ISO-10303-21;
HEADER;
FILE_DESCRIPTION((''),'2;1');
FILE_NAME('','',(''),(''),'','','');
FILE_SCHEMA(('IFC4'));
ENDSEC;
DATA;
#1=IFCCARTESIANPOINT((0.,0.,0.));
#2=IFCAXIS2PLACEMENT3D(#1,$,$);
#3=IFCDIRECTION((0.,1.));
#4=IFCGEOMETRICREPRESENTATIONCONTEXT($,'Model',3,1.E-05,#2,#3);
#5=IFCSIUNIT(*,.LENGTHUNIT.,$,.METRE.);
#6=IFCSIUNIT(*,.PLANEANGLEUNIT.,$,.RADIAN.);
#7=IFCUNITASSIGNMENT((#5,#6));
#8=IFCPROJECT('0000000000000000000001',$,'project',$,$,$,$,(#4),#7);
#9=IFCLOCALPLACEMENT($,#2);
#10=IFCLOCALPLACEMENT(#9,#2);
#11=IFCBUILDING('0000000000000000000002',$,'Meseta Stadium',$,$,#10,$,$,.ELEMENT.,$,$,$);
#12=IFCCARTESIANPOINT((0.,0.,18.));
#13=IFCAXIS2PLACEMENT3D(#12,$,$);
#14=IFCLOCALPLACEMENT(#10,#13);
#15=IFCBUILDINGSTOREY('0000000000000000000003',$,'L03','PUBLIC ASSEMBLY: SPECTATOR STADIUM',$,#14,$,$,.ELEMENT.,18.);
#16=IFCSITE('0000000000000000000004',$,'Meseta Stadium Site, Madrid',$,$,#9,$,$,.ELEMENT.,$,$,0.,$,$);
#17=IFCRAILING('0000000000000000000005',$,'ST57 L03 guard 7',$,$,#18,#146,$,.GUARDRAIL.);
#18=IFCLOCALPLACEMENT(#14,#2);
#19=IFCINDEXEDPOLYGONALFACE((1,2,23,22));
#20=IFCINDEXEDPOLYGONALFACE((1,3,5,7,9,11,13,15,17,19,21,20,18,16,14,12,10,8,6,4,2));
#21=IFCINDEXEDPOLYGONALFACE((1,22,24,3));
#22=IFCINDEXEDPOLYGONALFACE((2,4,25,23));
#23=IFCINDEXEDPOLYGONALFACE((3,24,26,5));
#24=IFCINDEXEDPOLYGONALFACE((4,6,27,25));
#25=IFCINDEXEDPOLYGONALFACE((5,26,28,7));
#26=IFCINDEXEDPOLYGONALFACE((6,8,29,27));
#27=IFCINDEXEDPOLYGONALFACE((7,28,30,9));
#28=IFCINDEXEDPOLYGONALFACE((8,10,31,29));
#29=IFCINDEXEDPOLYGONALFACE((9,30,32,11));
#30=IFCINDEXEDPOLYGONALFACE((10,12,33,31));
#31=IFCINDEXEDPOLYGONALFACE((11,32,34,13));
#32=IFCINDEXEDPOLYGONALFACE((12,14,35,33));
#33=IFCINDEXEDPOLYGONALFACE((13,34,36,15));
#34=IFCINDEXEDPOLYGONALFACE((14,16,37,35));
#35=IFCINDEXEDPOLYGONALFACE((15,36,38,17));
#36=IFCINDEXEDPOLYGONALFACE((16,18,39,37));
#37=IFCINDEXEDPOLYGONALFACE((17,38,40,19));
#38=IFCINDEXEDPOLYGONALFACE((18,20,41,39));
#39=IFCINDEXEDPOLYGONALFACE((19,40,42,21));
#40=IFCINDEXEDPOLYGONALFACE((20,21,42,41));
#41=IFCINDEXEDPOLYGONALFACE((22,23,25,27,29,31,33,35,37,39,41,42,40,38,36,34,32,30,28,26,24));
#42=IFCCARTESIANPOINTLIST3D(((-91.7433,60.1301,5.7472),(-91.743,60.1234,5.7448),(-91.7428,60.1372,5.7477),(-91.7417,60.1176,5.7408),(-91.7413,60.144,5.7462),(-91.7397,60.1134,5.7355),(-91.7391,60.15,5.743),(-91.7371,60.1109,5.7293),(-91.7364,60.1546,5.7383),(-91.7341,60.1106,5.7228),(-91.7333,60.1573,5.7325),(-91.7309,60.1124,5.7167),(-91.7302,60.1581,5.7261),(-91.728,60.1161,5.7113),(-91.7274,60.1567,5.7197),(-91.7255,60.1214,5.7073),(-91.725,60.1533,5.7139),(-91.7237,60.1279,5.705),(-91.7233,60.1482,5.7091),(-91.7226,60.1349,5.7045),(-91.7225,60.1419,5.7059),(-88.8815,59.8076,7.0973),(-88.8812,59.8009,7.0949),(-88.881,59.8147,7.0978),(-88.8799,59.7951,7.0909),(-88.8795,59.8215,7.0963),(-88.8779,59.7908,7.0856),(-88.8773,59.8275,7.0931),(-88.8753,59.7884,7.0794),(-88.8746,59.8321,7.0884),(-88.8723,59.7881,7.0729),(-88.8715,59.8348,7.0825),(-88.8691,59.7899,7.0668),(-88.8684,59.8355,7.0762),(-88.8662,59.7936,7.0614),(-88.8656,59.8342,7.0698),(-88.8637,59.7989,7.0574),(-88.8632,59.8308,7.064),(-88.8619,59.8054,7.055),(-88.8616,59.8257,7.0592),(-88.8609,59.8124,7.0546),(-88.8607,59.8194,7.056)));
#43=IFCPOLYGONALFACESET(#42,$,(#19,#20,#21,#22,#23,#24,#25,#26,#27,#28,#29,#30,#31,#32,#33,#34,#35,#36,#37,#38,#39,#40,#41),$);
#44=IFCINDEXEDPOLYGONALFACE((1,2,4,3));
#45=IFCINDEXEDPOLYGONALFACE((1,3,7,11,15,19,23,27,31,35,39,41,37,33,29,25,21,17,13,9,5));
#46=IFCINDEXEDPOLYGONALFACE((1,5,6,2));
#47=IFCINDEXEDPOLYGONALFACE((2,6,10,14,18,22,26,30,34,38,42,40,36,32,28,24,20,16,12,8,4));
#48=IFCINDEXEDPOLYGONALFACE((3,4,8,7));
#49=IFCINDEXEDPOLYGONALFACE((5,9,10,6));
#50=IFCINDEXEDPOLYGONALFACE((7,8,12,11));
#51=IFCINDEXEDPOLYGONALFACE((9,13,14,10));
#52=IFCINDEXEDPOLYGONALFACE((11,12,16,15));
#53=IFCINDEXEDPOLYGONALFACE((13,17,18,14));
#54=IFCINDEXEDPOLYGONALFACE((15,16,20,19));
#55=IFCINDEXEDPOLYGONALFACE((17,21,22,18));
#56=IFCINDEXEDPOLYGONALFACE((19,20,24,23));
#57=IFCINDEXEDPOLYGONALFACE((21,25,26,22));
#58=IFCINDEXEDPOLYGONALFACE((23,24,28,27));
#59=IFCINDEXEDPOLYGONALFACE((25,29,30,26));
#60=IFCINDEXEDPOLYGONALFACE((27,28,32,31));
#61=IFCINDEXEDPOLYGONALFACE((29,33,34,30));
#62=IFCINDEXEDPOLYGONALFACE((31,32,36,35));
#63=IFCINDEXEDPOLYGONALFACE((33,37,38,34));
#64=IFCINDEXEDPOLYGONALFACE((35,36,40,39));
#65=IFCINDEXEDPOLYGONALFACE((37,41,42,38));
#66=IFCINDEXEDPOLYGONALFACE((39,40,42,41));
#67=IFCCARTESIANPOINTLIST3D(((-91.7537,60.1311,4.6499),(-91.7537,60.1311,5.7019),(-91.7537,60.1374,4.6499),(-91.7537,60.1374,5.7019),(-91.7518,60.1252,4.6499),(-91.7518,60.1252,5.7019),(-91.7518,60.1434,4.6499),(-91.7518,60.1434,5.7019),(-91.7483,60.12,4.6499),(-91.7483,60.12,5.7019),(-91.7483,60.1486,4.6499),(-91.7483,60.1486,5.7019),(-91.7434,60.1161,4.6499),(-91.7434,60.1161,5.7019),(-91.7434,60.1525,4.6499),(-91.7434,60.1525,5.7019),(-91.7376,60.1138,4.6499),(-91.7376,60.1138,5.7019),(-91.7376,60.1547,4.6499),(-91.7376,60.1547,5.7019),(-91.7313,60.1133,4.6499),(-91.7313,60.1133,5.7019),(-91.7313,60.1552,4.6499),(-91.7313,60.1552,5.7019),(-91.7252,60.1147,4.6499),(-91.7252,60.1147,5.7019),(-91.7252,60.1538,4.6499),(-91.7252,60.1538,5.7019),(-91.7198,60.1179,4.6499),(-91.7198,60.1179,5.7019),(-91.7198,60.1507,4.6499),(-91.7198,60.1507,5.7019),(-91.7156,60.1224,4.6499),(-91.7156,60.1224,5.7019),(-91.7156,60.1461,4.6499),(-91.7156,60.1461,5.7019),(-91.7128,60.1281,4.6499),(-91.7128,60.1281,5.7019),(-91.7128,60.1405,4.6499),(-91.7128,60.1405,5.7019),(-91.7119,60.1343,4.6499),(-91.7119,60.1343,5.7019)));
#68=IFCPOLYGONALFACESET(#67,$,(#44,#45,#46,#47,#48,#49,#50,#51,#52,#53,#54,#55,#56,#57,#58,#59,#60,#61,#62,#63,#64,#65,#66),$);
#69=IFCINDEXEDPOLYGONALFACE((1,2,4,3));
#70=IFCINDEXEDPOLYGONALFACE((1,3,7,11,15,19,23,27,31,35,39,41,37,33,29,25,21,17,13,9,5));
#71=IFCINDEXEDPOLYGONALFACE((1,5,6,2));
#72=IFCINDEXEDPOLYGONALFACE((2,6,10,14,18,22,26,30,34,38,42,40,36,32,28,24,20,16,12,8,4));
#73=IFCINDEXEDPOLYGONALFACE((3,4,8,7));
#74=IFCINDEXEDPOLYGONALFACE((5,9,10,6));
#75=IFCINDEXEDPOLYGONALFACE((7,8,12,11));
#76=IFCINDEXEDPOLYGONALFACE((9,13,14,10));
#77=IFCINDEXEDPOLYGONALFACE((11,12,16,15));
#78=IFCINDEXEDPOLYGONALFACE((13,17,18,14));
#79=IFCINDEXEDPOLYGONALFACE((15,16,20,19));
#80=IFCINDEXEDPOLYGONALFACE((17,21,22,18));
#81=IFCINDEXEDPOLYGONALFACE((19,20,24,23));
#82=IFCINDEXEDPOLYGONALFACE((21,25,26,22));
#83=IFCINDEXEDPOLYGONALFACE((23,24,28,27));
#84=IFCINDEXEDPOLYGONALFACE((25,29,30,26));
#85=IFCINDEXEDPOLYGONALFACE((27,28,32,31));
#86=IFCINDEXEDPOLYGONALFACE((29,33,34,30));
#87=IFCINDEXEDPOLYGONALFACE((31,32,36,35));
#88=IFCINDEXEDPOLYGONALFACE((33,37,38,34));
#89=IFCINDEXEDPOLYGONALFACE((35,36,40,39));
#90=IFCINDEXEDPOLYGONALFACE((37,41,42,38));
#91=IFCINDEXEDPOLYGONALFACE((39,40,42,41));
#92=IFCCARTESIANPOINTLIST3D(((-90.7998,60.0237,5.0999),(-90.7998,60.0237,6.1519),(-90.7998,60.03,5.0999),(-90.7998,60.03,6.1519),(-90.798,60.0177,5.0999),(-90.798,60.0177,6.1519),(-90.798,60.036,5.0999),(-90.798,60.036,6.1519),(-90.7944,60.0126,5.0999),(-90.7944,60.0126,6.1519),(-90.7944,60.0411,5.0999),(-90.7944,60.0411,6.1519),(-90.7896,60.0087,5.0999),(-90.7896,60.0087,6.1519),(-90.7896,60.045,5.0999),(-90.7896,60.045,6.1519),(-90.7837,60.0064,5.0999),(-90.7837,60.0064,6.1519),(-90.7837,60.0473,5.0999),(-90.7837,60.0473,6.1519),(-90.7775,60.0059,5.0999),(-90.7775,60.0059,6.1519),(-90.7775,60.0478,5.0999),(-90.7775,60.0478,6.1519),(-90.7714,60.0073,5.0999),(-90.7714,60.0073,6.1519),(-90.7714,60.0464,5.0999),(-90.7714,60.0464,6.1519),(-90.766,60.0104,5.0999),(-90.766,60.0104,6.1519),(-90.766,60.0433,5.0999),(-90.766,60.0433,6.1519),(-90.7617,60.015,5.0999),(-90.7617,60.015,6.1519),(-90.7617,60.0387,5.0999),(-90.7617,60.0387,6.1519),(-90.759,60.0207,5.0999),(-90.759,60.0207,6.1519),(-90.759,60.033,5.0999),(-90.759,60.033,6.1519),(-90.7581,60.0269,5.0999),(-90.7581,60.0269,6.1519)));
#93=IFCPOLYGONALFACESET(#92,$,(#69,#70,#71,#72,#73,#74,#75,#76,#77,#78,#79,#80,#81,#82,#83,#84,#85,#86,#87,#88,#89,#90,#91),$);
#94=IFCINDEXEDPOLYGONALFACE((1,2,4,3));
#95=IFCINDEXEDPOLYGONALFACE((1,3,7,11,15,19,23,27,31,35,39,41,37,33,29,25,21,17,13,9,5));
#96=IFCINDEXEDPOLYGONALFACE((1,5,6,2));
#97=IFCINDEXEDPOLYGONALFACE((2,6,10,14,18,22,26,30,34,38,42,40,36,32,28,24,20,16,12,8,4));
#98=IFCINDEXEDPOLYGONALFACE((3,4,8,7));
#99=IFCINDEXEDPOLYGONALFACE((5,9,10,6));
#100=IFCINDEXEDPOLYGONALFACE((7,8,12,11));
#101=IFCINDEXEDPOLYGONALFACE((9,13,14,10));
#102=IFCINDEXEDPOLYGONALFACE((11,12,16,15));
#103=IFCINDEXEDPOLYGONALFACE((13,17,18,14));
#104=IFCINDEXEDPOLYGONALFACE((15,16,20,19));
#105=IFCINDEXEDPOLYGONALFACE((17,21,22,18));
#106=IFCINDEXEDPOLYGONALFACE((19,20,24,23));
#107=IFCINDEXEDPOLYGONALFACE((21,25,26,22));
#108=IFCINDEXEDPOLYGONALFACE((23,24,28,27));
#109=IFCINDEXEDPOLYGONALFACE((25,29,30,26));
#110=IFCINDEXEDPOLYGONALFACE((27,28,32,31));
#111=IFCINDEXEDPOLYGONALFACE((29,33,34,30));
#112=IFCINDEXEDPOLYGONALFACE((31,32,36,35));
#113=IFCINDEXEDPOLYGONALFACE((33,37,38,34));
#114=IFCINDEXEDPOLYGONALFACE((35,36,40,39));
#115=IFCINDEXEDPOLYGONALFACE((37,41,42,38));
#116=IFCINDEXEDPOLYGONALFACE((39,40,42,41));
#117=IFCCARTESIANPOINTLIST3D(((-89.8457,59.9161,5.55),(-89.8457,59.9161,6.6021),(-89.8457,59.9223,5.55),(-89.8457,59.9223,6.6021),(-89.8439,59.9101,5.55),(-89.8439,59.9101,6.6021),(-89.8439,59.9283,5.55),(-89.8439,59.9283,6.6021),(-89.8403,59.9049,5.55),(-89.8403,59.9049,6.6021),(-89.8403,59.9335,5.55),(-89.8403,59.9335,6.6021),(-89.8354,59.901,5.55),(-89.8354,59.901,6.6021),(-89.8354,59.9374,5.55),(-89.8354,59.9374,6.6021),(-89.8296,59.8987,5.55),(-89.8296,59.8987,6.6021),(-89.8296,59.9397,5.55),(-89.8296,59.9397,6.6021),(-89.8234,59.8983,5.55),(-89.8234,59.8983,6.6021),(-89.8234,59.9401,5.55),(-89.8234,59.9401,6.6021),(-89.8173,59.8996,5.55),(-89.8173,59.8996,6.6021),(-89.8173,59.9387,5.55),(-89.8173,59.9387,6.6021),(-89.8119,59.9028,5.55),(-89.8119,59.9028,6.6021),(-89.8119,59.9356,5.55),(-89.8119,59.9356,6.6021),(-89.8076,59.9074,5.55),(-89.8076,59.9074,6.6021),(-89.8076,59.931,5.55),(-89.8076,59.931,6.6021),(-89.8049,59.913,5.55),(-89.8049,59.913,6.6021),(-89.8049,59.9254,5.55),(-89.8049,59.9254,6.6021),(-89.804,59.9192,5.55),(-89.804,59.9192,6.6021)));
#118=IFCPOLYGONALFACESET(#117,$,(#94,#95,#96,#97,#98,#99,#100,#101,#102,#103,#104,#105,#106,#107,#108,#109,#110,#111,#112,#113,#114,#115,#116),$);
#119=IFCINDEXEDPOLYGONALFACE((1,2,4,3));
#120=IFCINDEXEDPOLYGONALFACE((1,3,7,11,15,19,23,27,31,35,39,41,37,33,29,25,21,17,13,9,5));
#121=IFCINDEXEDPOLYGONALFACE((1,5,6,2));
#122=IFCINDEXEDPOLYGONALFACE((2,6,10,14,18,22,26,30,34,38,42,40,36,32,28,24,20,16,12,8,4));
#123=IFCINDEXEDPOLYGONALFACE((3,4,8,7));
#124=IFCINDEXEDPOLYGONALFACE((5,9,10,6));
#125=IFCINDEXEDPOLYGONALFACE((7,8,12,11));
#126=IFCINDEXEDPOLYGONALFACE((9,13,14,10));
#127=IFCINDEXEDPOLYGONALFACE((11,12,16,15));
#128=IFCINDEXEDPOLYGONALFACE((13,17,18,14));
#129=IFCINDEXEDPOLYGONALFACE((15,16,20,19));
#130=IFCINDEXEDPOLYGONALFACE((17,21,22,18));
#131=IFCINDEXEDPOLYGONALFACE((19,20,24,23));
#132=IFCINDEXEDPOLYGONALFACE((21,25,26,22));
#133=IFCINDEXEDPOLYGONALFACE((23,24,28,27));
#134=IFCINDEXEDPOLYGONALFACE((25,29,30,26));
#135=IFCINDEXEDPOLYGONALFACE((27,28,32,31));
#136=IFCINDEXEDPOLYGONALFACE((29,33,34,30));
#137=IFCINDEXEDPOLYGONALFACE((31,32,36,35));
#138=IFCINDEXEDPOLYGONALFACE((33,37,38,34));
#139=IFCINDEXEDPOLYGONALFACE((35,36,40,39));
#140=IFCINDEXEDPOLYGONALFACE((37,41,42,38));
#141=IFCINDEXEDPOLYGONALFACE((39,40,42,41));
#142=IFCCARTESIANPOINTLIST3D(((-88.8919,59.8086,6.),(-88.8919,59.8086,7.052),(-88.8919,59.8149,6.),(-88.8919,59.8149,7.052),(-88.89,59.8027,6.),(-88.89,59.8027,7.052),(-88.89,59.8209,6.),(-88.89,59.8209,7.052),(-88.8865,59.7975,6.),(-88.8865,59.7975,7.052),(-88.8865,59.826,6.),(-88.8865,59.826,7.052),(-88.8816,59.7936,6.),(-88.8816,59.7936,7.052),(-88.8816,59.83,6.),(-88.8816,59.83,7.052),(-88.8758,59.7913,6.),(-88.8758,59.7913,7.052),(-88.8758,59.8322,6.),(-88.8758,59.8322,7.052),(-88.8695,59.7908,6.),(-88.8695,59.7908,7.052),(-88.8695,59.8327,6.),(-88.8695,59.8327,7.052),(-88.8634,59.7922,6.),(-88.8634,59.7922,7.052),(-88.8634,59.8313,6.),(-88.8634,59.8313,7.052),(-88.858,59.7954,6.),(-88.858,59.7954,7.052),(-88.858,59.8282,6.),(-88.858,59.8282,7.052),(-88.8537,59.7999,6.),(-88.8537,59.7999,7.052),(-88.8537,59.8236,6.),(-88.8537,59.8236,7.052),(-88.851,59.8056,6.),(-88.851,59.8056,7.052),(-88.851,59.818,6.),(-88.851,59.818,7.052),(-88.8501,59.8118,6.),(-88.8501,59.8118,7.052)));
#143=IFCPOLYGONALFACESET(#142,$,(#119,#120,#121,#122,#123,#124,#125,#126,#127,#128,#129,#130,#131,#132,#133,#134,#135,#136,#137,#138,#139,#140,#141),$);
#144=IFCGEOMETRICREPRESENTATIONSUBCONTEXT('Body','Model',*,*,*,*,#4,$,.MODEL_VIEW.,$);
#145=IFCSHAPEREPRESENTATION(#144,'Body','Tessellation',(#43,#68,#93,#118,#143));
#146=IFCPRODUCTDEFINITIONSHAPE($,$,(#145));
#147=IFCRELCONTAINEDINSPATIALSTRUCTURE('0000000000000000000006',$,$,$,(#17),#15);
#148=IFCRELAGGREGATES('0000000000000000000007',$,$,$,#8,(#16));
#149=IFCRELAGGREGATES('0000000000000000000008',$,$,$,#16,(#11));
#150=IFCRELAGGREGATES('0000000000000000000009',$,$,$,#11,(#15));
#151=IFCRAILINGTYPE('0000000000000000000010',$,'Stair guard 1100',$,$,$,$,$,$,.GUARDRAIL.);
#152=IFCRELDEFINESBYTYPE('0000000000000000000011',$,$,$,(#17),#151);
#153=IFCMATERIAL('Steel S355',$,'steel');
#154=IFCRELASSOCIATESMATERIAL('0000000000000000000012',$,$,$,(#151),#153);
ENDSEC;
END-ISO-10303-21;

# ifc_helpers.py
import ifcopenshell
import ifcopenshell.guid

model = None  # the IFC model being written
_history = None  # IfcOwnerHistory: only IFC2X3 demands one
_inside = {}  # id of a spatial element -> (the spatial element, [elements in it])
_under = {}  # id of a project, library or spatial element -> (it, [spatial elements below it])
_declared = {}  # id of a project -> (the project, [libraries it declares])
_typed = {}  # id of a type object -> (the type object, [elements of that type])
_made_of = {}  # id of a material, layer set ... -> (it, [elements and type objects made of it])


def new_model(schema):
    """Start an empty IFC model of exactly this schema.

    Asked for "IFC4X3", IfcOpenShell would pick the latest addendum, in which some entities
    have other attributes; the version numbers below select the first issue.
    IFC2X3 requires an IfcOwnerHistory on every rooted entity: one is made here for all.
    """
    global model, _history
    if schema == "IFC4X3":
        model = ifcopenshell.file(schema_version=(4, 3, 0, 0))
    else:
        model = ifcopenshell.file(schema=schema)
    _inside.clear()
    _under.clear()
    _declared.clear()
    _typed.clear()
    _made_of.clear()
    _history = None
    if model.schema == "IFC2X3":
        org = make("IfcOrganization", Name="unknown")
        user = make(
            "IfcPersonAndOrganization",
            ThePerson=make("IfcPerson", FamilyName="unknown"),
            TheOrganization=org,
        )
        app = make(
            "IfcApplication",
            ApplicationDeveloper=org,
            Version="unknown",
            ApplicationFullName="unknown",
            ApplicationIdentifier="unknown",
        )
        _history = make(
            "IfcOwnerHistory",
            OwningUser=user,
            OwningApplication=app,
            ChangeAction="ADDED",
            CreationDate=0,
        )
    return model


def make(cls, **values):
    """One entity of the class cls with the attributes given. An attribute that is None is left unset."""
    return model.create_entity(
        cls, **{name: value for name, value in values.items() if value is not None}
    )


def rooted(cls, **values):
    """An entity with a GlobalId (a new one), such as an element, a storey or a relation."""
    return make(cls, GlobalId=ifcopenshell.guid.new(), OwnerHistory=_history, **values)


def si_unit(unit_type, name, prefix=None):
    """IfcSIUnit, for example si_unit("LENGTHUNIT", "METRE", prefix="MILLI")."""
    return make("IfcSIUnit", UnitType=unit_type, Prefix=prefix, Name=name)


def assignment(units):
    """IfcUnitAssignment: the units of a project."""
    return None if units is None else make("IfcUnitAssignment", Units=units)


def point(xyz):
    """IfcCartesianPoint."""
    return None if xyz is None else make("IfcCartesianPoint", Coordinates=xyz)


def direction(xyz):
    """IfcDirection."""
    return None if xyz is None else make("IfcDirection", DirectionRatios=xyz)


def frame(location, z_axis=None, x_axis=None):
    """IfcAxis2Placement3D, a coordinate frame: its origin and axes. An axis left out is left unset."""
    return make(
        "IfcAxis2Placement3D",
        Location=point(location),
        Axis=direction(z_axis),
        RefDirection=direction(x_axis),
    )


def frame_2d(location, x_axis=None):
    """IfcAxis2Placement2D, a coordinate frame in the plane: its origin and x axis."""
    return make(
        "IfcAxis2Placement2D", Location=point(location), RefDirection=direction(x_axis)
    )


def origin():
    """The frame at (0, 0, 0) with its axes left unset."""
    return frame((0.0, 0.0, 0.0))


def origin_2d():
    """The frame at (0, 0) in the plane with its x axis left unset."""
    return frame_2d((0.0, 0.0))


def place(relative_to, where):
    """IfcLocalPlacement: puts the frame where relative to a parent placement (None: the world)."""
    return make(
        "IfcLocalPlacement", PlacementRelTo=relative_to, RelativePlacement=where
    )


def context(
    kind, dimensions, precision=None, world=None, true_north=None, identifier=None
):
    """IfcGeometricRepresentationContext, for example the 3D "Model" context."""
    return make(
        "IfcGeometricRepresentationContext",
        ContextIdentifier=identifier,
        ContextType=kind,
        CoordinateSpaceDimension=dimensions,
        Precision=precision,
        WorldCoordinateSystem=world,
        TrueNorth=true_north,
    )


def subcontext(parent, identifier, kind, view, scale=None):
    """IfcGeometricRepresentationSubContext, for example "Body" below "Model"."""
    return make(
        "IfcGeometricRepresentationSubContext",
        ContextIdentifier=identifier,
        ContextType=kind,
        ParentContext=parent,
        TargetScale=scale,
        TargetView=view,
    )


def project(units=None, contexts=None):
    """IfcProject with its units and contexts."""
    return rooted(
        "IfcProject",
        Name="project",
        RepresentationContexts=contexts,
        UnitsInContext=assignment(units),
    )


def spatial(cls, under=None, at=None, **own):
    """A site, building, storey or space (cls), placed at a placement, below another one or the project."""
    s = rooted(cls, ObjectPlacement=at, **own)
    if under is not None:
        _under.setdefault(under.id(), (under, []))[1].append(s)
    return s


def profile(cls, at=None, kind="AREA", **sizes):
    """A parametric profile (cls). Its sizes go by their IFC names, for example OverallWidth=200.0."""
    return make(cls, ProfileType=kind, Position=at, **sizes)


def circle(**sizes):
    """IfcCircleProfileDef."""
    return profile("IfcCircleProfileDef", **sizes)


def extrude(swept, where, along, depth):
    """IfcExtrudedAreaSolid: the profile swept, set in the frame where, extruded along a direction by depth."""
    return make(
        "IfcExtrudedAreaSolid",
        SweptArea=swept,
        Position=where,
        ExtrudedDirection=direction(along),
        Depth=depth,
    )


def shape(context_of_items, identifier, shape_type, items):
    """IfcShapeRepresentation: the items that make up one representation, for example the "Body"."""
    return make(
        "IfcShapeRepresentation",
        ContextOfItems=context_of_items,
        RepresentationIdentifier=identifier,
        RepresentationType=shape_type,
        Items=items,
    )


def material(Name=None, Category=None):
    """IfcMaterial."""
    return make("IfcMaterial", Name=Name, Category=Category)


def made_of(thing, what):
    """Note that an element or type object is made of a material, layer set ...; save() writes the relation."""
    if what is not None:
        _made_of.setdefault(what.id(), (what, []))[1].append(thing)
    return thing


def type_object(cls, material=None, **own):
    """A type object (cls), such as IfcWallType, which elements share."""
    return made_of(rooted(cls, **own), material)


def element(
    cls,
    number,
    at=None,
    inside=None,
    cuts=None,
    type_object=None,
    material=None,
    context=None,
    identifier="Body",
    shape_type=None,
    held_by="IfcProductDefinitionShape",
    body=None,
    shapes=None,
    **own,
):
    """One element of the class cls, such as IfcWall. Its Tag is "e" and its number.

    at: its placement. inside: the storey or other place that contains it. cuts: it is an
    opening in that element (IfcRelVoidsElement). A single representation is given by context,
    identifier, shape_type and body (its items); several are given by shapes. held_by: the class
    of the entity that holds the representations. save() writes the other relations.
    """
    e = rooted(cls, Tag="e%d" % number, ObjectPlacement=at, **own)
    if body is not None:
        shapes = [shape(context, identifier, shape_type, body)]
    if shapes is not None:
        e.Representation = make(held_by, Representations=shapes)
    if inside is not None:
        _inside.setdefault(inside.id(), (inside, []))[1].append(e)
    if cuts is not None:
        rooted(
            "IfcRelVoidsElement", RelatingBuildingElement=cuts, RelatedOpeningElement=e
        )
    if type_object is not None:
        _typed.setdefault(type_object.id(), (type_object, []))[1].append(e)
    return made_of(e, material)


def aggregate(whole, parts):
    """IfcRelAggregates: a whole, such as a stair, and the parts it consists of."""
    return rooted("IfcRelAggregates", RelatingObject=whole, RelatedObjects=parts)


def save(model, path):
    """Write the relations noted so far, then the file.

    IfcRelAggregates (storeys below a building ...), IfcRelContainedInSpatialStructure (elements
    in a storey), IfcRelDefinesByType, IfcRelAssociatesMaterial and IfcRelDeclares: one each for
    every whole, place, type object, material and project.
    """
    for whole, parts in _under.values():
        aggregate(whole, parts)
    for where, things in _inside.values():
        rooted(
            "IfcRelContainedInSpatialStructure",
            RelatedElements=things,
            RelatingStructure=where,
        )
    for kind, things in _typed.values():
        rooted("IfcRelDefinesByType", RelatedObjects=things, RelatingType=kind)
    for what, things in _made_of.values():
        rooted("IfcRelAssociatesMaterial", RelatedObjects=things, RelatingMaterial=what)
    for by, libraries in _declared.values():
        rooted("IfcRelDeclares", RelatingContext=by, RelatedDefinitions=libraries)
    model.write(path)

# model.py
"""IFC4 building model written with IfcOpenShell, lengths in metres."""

from ifc_helpers import new_model, si_unit, direction, frame, origin, origin_2d, place, context, subcontext, project, spatial, circle, extrude, material, type_object, element, save


model = new_model("IFC4")

# Units and contexts
model_context = context("Model", 3, precision=1e-05, world=origin(), true_north=direction((0.0, 1.0)))
body_context = subcontext(model_context, "Body", "Model", "MODEL_VIEW")
ifc_project = project(units=[si_unit("LENGTHUNIT", "METRE"), si_unit("PLANEANGLEUNIT", "RADIAN")], contexts=[model_context])

# Site, building, storey
site_placement = place(None, origin())
site = spatial("IfcSite", under=ifc_project, at=site_placement, Name="Meseta Stadium Site, Madrid", CompositionType="ELEMENT", RefElevation=0.0)
building_placement = place(site_placement, origin())
building = spatial("IfcBuilding", under=site, at=building_placement, Name="Meseta Stadium", CompositionType="ELEMENT")
storey_placement = place(building_placement, frame((0.0, 0.0, 18.0)))
storey = spatial("IfcBuildingStorey", under=building, at=storey_placement, Name="L03", Description="PUBLIC ASSEMBLY: SPECTATOR STADIUM", CompositionType="ELEMENT", Elevation=18.0)

# Railing
ifc_material_1 = material(Name="Steel S355", Category="steel")
railing_type_1 = type_object("IfcRailingType", Name="Stair guard 1100", PredefinedType="GUARDRAIL", material=ifc_material_1)
railing_1_placement = place(storey_placement, frame((-91.7329, 60.1343, 4.6499)))
element("IfcRailing", 1, at=railing_1_placement, inside=storey, type_object=railing_type_1, Name="ST57 L03 guard 7", PredefinedType="GUARDRAIL", context=body_context, shape_type="SweptSolid", body=[
    extrude(circle(Radius=0.0239, at=origin_2d()), frame((0.0, 0.0, 1.0762), z_axis=(0.899748, -0.101396, 0.424467), x_axis=(0.111985, 0.99371, 0.0)), (0.0, 0.0, 1.0), 3.1807),
    extrude(circle(Radius=0.021, at=origin_2d()), origin(), (0.0, 0.0, 1.0), 1.052),
    extrude(circle(Radius=0.021, at=origin_2d()), frame((0.9539, -0.1074, 0.45)), (0.0, 0.0, 1.0), 1.052),
    extrude(circle(Radius=0.021, at=origin_2d()), frame((1.908, -0.2151, 0.9001)), (0.0, 0.0, 1.0), 1.052),
    extrude(circle(Radius=0.021, at=origin_2d()), frame((2.8618, -0.3225, 1.3501)), (0.0, 0.0, 1.0), 1.052),
])

save(model, "model.ifc")
